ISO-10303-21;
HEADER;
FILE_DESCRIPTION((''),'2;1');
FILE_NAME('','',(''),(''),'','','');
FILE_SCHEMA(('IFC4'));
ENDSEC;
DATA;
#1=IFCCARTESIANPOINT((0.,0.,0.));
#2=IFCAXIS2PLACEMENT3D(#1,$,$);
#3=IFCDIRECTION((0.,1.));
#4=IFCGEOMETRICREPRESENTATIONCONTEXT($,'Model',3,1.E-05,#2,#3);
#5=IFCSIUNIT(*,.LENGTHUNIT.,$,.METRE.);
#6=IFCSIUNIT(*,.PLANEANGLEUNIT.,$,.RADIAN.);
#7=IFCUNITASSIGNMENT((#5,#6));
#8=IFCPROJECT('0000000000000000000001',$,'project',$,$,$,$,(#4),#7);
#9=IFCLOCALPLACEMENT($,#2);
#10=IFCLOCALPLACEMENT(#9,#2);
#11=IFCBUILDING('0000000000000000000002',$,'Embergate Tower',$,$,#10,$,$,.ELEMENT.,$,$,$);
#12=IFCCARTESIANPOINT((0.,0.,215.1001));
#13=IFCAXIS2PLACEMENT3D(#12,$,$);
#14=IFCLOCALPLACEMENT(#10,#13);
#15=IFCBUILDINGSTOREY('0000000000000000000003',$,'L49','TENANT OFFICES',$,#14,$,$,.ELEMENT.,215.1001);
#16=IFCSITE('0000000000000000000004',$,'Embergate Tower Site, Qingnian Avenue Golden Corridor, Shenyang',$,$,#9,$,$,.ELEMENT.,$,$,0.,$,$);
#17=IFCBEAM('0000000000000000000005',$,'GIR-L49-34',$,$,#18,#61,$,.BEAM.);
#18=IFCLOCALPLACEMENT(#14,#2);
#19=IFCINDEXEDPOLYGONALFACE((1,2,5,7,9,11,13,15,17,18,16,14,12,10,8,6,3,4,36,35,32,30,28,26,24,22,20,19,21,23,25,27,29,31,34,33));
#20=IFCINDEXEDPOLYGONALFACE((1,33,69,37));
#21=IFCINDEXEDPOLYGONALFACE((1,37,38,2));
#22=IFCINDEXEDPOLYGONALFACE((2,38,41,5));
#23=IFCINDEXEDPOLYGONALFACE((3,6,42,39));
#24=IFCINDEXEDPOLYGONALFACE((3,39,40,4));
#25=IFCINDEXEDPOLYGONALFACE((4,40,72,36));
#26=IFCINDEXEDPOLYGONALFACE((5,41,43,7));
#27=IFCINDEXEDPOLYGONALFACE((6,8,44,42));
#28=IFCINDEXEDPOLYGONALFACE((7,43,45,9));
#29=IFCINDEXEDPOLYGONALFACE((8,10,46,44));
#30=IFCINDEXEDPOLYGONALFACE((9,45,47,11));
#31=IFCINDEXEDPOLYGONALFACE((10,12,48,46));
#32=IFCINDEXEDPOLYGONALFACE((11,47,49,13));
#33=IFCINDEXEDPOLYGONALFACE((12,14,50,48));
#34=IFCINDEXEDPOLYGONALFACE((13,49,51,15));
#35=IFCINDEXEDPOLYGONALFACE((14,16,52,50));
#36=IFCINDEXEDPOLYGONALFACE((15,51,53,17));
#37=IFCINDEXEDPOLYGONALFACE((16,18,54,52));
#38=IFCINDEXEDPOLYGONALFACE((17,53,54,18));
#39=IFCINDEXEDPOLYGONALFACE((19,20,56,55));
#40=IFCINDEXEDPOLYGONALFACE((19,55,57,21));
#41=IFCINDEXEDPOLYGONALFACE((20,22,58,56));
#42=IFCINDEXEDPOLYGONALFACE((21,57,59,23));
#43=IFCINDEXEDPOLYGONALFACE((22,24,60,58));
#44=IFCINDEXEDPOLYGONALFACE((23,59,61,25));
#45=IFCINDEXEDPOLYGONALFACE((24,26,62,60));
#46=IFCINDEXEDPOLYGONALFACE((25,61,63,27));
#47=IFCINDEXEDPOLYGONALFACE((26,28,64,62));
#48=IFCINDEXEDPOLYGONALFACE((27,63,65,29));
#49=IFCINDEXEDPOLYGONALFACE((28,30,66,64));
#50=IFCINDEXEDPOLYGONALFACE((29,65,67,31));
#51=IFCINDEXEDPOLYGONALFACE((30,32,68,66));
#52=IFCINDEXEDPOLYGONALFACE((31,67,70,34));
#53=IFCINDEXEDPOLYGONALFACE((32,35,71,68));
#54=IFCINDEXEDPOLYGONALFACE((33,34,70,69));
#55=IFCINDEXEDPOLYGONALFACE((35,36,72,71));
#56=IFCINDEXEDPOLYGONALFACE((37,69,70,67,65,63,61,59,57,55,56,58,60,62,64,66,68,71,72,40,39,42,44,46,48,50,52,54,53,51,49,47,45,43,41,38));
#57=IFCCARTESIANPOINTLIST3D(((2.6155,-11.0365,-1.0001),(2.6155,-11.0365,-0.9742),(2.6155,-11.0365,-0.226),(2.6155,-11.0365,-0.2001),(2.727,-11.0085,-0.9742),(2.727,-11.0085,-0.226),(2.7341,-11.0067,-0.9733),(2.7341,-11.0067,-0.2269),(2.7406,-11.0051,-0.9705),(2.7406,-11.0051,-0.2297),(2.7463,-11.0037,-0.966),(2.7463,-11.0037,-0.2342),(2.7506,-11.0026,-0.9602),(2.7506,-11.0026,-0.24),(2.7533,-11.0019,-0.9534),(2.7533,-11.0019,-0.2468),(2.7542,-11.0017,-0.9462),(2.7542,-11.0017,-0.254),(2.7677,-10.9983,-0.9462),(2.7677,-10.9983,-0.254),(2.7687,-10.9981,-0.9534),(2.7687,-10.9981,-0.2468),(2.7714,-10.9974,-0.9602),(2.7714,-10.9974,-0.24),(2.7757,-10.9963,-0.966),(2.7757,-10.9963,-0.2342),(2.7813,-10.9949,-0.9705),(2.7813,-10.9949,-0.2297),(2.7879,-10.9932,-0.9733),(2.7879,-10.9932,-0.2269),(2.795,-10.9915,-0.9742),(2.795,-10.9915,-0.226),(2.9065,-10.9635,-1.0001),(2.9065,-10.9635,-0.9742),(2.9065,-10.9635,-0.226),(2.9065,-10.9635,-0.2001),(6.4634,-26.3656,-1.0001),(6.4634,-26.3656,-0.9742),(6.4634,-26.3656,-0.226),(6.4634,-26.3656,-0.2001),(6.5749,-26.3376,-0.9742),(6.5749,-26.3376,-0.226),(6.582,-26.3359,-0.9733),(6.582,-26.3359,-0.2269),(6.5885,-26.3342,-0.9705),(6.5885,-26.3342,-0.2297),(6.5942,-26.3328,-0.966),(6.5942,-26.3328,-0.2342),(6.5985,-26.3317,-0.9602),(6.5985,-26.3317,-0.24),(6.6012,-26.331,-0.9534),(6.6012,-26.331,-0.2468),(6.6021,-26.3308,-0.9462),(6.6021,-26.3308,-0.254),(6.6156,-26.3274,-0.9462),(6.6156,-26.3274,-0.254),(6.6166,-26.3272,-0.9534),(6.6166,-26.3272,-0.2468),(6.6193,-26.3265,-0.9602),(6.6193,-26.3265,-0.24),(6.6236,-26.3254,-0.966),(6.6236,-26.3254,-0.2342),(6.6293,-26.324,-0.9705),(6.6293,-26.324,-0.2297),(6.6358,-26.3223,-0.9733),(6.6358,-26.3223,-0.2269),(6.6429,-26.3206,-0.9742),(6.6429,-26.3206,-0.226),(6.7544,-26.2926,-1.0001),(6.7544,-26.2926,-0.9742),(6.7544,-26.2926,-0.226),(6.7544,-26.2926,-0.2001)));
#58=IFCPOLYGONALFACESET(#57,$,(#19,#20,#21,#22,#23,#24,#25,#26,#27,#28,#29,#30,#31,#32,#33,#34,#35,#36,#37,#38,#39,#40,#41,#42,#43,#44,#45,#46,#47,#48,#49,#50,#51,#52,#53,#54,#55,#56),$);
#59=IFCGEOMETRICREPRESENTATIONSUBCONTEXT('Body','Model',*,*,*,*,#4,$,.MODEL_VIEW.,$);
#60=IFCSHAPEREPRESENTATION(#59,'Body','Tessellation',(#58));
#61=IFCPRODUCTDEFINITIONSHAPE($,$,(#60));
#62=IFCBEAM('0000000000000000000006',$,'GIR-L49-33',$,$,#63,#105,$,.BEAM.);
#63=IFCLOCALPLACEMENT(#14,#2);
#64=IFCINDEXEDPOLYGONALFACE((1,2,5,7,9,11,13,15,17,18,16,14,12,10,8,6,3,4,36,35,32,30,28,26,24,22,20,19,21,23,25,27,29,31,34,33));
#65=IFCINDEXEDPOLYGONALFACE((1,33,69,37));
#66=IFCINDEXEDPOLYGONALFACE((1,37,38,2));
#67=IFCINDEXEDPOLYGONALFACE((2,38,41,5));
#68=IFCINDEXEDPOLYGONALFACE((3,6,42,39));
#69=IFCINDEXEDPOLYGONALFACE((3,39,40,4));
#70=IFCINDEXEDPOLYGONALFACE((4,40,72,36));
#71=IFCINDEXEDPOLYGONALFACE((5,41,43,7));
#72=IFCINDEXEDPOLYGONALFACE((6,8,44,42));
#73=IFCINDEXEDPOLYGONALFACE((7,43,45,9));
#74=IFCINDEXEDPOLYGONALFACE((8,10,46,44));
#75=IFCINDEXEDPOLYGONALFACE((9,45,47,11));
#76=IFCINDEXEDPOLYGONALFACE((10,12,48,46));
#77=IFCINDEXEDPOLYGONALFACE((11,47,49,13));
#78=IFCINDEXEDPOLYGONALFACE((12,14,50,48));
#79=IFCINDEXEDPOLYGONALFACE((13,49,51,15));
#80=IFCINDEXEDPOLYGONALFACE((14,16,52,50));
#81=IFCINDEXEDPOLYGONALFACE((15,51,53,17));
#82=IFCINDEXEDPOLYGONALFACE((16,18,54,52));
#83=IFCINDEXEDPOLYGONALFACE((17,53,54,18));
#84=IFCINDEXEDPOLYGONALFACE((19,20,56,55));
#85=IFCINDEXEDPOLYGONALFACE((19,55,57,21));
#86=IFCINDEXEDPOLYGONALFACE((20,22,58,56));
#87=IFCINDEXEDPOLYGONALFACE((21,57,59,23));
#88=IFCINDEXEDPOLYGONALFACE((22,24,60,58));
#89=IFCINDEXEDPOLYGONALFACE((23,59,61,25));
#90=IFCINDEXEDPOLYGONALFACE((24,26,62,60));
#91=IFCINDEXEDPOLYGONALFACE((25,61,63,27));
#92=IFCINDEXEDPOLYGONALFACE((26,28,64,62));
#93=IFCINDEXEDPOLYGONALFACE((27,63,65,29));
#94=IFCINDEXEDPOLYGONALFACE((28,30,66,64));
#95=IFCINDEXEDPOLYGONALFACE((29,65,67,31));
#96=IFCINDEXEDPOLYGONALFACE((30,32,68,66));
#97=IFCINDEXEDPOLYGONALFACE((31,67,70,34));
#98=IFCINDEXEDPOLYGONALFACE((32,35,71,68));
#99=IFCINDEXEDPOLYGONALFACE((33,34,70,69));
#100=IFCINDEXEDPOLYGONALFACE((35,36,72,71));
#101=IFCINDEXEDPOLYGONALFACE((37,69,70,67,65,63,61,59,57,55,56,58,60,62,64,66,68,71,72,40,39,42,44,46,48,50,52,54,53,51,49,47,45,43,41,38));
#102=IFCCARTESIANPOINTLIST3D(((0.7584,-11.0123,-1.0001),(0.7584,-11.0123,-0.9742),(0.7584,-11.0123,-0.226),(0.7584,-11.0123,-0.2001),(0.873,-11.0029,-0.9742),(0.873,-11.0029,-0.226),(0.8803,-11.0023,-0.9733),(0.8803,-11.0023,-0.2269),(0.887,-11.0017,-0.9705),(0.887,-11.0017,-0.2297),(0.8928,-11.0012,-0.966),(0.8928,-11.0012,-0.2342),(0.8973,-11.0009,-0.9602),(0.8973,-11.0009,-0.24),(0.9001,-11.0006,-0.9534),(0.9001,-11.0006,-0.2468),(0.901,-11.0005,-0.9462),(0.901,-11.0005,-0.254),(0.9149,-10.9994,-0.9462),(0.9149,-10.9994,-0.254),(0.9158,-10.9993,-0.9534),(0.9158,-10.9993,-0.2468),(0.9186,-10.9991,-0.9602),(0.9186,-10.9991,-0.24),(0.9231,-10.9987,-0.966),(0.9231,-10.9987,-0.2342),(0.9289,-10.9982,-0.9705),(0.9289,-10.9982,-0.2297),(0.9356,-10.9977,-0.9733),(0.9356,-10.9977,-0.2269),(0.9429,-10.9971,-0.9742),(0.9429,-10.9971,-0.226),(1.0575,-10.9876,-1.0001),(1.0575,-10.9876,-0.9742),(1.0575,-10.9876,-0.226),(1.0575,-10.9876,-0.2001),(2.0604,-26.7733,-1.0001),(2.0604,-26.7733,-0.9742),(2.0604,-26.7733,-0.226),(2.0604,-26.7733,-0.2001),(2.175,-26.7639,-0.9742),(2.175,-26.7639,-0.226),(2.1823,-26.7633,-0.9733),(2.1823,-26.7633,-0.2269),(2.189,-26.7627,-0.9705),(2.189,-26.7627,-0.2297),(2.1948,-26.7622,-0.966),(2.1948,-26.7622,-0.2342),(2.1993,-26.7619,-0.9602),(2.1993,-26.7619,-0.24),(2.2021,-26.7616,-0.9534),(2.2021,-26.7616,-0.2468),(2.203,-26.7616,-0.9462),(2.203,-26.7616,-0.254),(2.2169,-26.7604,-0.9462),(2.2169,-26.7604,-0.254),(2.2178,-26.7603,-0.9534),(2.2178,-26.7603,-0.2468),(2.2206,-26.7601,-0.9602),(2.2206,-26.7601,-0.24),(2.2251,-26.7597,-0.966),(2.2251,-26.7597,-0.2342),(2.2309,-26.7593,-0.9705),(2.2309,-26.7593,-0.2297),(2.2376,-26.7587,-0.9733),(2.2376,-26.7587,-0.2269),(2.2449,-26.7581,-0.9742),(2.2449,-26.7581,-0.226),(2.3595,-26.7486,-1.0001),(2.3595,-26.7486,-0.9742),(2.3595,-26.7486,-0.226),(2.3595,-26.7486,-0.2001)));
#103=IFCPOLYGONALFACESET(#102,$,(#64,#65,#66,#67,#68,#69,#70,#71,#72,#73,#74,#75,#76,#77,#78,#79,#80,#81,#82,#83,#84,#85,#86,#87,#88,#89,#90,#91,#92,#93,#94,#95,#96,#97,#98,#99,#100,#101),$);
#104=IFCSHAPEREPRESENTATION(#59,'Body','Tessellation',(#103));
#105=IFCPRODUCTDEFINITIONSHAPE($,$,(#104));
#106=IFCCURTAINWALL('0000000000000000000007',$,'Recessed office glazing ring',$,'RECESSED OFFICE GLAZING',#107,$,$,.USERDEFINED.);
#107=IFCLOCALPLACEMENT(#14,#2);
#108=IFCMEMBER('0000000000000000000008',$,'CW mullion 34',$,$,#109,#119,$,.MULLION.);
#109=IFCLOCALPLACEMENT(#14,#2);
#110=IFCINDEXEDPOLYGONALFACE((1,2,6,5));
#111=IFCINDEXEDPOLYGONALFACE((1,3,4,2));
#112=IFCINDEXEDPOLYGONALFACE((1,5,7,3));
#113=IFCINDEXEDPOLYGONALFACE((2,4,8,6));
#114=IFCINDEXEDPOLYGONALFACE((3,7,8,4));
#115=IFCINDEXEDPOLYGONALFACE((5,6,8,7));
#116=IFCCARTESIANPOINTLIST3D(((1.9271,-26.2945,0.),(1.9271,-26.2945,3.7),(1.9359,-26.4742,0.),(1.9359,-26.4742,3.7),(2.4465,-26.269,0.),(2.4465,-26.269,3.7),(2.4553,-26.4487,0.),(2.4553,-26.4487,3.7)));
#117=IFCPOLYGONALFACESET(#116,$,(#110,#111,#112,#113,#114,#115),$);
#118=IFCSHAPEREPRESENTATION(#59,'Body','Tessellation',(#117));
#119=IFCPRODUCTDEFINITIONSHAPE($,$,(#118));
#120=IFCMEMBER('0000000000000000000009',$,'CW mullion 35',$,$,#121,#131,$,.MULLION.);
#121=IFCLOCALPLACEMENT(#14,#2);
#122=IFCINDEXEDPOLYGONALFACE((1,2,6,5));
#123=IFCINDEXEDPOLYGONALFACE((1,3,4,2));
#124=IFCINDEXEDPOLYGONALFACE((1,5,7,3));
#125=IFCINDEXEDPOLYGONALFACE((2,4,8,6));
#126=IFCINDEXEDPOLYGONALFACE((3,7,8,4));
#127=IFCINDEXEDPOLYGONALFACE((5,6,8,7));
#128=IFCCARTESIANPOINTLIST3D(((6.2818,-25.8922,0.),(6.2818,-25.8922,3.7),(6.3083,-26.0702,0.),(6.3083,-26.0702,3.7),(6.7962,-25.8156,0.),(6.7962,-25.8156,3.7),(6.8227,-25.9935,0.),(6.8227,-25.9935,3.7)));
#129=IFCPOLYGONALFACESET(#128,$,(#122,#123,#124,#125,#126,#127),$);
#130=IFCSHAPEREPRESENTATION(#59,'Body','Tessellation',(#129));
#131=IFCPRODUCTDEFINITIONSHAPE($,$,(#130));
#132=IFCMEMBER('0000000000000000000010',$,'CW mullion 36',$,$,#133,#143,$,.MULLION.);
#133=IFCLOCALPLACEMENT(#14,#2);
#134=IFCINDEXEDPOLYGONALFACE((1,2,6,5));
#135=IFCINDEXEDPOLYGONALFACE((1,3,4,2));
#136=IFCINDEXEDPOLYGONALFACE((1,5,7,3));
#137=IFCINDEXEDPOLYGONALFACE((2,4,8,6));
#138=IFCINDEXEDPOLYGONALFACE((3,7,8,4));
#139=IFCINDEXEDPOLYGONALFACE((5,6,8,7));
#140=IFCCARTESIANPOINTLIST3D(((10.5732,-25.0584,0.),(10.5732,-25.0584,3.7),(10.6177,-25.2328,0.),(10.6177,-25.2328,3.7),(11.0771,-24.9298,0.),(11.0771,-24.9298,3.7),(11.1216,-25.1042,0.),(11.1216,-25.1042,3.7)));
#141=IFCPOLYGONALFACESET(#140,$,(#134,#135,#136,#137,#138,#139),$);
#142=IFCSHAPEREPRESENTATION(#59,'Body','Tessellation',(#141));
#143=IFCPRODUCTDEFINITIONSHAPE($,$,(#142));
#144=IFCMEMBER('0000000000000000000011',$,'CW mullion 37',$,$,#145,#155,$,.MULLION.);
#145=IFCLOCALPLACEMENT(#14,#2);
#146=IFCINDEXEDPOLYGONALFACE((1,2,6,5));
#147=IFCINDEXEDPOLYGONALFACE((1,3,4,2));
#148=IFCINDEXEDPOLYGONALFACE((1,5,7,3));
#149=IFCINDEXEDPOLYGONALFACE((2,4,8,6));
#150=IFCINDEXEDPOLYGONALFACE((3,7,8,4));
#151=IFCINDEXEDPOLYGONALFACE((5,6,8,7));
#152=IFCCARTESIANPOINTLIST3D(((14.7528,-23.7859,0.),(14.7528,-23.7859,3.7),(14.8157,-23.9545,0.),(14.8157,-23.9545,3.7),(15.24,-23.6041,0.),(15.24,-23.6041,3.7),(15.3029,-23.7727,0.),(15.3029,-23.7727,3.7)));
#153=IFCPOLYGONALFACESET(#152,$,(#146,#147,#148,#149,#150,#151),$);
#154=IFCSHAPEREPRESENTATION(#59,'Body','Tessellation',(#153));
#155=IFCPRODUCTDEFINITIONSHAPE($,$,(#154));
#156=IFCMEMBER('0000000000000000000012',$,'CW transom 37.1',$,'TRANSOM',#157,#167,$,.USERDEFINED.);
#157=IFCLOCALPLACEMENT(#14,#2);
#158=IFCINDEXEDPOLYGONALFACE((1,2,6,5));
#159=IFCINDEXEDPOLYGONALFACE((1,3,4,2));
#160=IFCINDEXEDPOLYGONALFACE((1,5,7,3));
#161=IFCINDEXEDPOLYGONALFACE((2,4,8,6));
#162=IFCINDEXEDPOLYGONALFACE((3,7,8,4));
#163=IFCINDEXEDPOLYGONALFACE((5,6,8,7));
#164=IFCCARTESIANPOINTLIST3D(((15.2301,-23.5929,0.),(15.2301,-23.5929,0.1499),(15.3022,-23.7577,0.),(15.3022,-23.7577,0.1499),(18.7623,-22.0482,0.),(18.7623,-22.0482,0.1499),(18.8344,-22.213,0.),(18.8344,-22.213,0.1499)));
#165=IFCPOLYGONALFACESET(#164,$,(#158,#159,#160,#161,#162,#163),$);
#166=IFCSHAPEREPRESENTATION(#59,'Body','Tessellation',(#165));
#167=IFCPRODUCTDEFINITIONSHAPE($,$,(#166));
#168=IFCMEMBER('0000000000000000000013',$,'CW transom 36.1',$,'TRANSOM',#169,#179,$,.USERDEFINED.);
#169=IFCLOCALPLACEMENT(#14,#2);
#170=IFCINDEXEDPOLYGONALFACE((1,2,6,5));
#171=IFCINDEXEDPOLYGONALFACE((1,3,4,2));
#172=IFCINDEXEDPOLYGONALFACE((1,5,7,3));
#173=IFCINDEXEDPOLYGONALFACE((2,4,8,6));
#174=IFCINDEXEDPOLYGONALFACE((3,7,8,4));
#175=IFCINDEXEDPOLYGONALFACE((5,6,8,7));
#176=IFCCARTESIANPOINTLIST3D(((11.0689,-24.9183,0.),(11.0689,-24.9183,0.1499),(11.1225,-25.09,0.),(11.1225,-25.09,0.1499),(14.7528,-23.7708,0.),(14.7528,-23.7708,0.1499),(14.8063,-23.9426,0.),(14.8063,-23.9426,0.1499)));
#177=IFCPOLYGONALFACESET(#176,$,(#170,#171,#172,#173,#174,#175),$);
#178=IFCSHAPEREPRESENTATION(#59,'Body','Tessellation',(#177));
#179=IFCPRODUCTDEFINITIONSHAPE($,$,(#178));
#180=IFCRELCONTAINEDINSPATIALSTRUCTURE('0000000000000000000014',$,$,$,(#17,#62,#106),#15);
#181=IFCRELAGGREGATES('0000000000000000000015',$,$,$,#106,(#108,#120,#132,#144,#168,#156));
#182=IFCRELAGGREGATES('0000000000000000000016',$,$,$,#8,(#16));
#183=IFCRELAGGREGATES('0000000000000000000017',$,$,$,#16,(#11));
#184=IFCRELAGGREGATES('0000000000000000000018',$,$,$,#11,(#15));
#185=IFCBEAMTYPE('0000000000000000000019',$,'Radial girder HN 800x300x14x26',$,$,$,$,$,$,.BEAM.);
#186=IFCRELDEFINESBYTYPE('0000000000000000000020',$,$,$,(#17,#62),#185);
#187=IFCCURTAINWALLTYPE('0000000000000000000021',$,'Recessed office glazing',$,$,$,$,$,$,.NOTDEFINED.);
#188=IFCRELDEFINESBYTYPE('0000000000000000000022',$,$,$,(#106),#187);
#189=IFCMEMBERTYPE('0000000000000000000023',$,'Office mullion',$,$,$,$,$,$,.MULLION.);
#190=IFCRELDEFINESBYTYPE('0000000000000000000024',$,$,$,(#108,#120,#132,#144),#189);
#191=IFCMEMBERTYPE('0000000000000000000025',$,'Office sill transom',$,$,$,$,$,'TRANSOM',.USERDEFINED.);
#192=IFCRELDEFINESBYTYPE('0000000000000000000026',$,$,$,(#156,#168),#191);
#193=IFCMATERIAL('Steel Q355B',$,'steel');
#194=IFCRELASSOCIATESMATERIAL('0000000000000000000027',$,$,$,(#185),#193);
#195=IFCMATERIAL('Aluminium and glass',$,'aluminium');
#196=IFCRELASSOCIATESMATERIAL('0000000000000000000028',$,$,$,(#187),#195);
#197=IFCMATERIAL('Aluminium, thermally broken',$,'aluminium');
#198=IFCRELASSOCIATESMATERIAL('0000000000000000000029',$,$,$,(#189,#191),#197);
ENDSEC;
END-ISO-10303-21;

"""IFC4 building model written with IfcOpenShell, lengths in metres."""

from ifc_helpers import new_model, si_unit, direction, frame, origin, origin_2d, place, context, subcontext, project, spatial, rectangle, i_section, extrude, source, transform, mapped, material, material_profile, profile_set, type_object, element, aggregate, save


model = new_model("IFC4")

# Units and contexts
model_context = context("Model", 3, precision=1e-05, world=origin(), true_north=direction((0.0, 1.0)))
body_context = subcontext(model_context, "Body", "Model", "MODEL_VIEW")
ifc_project = project(units=[si_unit("LENGTHUNIT", "METRE"), si_unit("PLANEANGLEUNIT", "RADIAN")], contexts=[model_context])

# Site, building, storey
site_placement = place(None, origin())
site = spatial("IfcSite", under=ifc_project, at=site_placement, Name="Embergate Tower Site, Qingnian Avenue Golden Corridor, Shenyang", CompositionType="ELEMENT", RefElevation=0.0)
building_placement = place(site_placement, origin())
building = spatial("IfcBuilding", under=site, at=building_placement, Name="Embergate Tower", CompositionType="ELEMENT")
storey_placement = place(building_placement, frame((0.0, 0.0, 215.1001)))
storey = spatial("IfcBuildingStorey", under=building, at=storey_placement, Name="L49", Description="TENANT OFFICES", CompositionType="ELEMENT", Elevation=215.1001)

# Beams
ifc_material_1 = material(Name="Steel Q355B", Category="steel")
ifc_material_profile_1 = material_profile(ifc_material_1, i_section(OverallWidth=0.3, OverallDepth=0.8, WebThickness=0.0139, FlangeThickness=0.0259, FilletRadius=0.0281, at=origin_2d()), Name="HN 800x300x14x26")
ifc_profile_set_1 = profile_set([ifc_material_profile_1], Name="Steel Q355 grade B")
beam_type_1 = type_object("IfcBeamType", Name="Radial girder HN 800x300x14x26", PredefinedType="BEAM", material=ifc_profile_set_1)
shared_shape_1 = source(origin(), body_context, "Body", "SweptSolid", [
    extrude(i_section(OverallWidth=0.3, OverallDepth=0.8, WebThickness=0.0139, FlangeThickness=0.0259, FilletRadius=0.0281, at=origin_2d()), origin(), (0.0, 0.0, 1.0), 15.8047),
])
beam_1_placement = place(storey_placement, frame((6.6089, -26.3291, -0.6001), z_axis=(-0.243466, 0.969909, 0.0), x_axis=(-0.969909, -0.243466, 0.0)))
element("IfcBeam", 1, at=beam_1_placement, inside=storey, type_object=beam_type_1, Name="GIR-L49-34", PredefinedType="BEAM", context=body_context, shape_type="MappedRepresentation", body=[
    mapped(shared_shape_1, transform((0.0, 0.0, 0.0))),
])
shared_shape_2 = source(origin(), body_context, "Body", "SweptSolid", [
    extrude(i_section(OverallWidth=0.3, OverallDepth=0.8, WebThickness=0.0139, FlangeThickness=0.0259, FilletRadius=0.0281, at=origin_2d()), origin(), (0.0, 0.0, 1.0), 15.8147),
])
beam_2_placement = place(storey_placement, frame((2.21, -26.761, -0.6001), z_axis=(-0.082329, 0.996605, 0.0), x_axis=(-0.996605, -0.082329, 0.0)))
element("IfcBeam", 2, at=beam_2_placement, inside=storey, type_object=beam_type_1, Name="GIR-L49-33", PredefinedType="BEAM", context=body_context, shape_type="MappedRepresentation", body=[
    mapped(shared_shape_2, transform((0.0, 0.0, 0.0))),
])

# Curtain wall, members
ifc_material_2 = material(Name="Aluminium and glass", Category="aluminium")
curtain_wall_type = type_object("IfcCurtainWallType", Name="Recessed office glazing", PredefinedType="NOTDEFINED", material=ifc_material_2)
curtain_wall_placement = place(storey_placement, origin())
curtain_wall = element("IfcCurtainWall", 3, at=curtain_wall_placement, inside=storey, type_object=curtain_wall_type, Name="Recessed office glazing ring", ObjectType="RECESSED OFFICE GLAZING", PredefinedType="USERDEFINED")
ifc_material_3 = material(Name="Aluminium, thermally broken", Category="aluminium")
ifc_material_profile_2 = material_profile(ifc_material_3, rectangle(XDim=0.1799, YDim=0.52, at=origin_2d()), Name="AL 520x180")
ifc_profile_set_2 = profile_set([ifc_material_profile_2], Name="Aluminium, thermally broken")
member_type_1 = type_object("IfcMemberType", Name="Office mullion", PredefinedType="MULLION", material=ifc_profile_set_2)
shared_shape_3 = source(origin(), body_context, "Body", "SweptSolid", [
    extrude(rectangle(XDim=0.1799, YDim=0.52, at=origin_2d()), origin(), (0.0, 0.0, 1.0), 3.7),
])
member_1_placement = place(storey_placement, frame((2.1912, -26.3716, 0.0), z_axis=(0.0, 0.0, 1.0), x_axis=(-0.048972, 0.9988, 0.0)))
member_1 = element("IfcMember", 4, at=member_1_placement, type_object=member_type_1, Name="CW mullion 34", PredefinedType="MULLION", context=body_context, shape_type="MappedRepresentation", body=[
    mapped(shared_shape_3, transform((0.0, 0.0, 0.0))),
])
member_2_placement = place(storey_placement, frame((6.5522, -25.9429, 0.0), z_axis=(0.0, 0.0, 1.0), x_axis=(-0.147414, 0.989075, 0.0)))
member_2 = element("IfcMember", 5, at=member_2_placement, type_object=member_type_1, Name="CW mullion 35", PredefinedType="MULLION", context=body_context, shape_type="MappedRepresentation", body=[
    mapped(shared_shape_3, transform((0.0, 0.0, 0.0))),
])
member_3_placement = place(storey_placement, frame((10.8474, -25.0813, 0.0), z_axis=(0.0, 0.0, 1.0), x_axis=(-0.247315, 0.968935, 0.0)))
member_3 = element("IfcMember", 6, at=member_3_placement, type_object=member_type_1, Name="CW mullion 36", PredefinedType="MULLION", context=body_context, shape_type="MappedRepresentation", body=[
    mapped(shared_shape_3, transform((0.0, 0.0, 0.0))),
])
member_4_placement = place(storey_placement, frame((15.0278, -23.7793, 0.0), z_axis=(0.0, 0.0, 1.0), x_axis=(-0.349506, 0.936934, 0.0)))
member_4 = element("IfcMember", 7, at=member_4_placement, type_object=member_type_1, Name="CW mullion 37", PredefinedType="MULLION", context=body_context, shape_type="MappedRepresentation", body=[
    mapped(shared_shape_3, transform((0.0, 0.0, 0.0))),
])
ifc_material_profile_3 = material_profile(ifc_material_3, rectangle(XDim=0.1799, YDim=0.1499, at=origin_2d()), Name="AL 150x180")
ifc_profile_set_3 = profile_set([ifc_material_profile_3], Name="Aluminium, thermally broken")
member_type_2 = type_object("IfcMemberType", Name="Office sill transom", ElementType="TRANSOM", PredefinedType="USERDEFINED", material=ifc_profile_set_3)
shared_shape_4 = source(origin(), body_context, "Body", "SweptSolid", [
    extrude(rectangle(XDim=0.1799, YDim=0.1499, at=origin_2d()), origin(), (0.0, 0.0, 1.0), 3.8552),
])
member_5_placement = place(storey_placement, frame((15.2661, -23.6753, 0.075), z_axis=(0.916221, 0.400673, 0.0), x_axis=(-0.400673, 0.916221, 0.0)))
member_5 = element("IfcMember", 8, at=member_5_placement, type_object=member_type_2, Name="CW transom 37.1", ObjectType="TRANSOM", PredefinedType="USERDEFINED", context=body_context, shape_type="MappedRepresentation", body=[
    mapped(shared_shape_4, transform((0.0, 0.0, 0.0))),
])
shared_shape_5 = source(origin(), body_context, "Body", "SweptSolid", [
    extrude(rectangle(XDim=0.1799, YDim=0.1499, at=origin_2d()), origin(), (0.0, 0.0, 1.0), 3.8584),
])
member_6_placement = place(storey_placement, frame((11.0957, -25.0042, 0.075), z_axis=(0.954755, 0.297392, 0.0), x_axis=(-0.297392, 0.954755, 0.0)))
member_6 = element("IfcMember", 9, at=member_6_placement, type_object=member_type_2, Name="CW transom 36.1", ObjectType="TRANSOM", PredefinedType="USERDEFINED", context=body_context, shape_type="MappedRepresentation", body=[
    mapped(shared_shape_5, transform((0.0, 0.0, 0.0))),
])
aggregate(curtain_wall, [member_1, member_2, member_3, member_4, member_6, member_5])

save(model, "model.ifc")
